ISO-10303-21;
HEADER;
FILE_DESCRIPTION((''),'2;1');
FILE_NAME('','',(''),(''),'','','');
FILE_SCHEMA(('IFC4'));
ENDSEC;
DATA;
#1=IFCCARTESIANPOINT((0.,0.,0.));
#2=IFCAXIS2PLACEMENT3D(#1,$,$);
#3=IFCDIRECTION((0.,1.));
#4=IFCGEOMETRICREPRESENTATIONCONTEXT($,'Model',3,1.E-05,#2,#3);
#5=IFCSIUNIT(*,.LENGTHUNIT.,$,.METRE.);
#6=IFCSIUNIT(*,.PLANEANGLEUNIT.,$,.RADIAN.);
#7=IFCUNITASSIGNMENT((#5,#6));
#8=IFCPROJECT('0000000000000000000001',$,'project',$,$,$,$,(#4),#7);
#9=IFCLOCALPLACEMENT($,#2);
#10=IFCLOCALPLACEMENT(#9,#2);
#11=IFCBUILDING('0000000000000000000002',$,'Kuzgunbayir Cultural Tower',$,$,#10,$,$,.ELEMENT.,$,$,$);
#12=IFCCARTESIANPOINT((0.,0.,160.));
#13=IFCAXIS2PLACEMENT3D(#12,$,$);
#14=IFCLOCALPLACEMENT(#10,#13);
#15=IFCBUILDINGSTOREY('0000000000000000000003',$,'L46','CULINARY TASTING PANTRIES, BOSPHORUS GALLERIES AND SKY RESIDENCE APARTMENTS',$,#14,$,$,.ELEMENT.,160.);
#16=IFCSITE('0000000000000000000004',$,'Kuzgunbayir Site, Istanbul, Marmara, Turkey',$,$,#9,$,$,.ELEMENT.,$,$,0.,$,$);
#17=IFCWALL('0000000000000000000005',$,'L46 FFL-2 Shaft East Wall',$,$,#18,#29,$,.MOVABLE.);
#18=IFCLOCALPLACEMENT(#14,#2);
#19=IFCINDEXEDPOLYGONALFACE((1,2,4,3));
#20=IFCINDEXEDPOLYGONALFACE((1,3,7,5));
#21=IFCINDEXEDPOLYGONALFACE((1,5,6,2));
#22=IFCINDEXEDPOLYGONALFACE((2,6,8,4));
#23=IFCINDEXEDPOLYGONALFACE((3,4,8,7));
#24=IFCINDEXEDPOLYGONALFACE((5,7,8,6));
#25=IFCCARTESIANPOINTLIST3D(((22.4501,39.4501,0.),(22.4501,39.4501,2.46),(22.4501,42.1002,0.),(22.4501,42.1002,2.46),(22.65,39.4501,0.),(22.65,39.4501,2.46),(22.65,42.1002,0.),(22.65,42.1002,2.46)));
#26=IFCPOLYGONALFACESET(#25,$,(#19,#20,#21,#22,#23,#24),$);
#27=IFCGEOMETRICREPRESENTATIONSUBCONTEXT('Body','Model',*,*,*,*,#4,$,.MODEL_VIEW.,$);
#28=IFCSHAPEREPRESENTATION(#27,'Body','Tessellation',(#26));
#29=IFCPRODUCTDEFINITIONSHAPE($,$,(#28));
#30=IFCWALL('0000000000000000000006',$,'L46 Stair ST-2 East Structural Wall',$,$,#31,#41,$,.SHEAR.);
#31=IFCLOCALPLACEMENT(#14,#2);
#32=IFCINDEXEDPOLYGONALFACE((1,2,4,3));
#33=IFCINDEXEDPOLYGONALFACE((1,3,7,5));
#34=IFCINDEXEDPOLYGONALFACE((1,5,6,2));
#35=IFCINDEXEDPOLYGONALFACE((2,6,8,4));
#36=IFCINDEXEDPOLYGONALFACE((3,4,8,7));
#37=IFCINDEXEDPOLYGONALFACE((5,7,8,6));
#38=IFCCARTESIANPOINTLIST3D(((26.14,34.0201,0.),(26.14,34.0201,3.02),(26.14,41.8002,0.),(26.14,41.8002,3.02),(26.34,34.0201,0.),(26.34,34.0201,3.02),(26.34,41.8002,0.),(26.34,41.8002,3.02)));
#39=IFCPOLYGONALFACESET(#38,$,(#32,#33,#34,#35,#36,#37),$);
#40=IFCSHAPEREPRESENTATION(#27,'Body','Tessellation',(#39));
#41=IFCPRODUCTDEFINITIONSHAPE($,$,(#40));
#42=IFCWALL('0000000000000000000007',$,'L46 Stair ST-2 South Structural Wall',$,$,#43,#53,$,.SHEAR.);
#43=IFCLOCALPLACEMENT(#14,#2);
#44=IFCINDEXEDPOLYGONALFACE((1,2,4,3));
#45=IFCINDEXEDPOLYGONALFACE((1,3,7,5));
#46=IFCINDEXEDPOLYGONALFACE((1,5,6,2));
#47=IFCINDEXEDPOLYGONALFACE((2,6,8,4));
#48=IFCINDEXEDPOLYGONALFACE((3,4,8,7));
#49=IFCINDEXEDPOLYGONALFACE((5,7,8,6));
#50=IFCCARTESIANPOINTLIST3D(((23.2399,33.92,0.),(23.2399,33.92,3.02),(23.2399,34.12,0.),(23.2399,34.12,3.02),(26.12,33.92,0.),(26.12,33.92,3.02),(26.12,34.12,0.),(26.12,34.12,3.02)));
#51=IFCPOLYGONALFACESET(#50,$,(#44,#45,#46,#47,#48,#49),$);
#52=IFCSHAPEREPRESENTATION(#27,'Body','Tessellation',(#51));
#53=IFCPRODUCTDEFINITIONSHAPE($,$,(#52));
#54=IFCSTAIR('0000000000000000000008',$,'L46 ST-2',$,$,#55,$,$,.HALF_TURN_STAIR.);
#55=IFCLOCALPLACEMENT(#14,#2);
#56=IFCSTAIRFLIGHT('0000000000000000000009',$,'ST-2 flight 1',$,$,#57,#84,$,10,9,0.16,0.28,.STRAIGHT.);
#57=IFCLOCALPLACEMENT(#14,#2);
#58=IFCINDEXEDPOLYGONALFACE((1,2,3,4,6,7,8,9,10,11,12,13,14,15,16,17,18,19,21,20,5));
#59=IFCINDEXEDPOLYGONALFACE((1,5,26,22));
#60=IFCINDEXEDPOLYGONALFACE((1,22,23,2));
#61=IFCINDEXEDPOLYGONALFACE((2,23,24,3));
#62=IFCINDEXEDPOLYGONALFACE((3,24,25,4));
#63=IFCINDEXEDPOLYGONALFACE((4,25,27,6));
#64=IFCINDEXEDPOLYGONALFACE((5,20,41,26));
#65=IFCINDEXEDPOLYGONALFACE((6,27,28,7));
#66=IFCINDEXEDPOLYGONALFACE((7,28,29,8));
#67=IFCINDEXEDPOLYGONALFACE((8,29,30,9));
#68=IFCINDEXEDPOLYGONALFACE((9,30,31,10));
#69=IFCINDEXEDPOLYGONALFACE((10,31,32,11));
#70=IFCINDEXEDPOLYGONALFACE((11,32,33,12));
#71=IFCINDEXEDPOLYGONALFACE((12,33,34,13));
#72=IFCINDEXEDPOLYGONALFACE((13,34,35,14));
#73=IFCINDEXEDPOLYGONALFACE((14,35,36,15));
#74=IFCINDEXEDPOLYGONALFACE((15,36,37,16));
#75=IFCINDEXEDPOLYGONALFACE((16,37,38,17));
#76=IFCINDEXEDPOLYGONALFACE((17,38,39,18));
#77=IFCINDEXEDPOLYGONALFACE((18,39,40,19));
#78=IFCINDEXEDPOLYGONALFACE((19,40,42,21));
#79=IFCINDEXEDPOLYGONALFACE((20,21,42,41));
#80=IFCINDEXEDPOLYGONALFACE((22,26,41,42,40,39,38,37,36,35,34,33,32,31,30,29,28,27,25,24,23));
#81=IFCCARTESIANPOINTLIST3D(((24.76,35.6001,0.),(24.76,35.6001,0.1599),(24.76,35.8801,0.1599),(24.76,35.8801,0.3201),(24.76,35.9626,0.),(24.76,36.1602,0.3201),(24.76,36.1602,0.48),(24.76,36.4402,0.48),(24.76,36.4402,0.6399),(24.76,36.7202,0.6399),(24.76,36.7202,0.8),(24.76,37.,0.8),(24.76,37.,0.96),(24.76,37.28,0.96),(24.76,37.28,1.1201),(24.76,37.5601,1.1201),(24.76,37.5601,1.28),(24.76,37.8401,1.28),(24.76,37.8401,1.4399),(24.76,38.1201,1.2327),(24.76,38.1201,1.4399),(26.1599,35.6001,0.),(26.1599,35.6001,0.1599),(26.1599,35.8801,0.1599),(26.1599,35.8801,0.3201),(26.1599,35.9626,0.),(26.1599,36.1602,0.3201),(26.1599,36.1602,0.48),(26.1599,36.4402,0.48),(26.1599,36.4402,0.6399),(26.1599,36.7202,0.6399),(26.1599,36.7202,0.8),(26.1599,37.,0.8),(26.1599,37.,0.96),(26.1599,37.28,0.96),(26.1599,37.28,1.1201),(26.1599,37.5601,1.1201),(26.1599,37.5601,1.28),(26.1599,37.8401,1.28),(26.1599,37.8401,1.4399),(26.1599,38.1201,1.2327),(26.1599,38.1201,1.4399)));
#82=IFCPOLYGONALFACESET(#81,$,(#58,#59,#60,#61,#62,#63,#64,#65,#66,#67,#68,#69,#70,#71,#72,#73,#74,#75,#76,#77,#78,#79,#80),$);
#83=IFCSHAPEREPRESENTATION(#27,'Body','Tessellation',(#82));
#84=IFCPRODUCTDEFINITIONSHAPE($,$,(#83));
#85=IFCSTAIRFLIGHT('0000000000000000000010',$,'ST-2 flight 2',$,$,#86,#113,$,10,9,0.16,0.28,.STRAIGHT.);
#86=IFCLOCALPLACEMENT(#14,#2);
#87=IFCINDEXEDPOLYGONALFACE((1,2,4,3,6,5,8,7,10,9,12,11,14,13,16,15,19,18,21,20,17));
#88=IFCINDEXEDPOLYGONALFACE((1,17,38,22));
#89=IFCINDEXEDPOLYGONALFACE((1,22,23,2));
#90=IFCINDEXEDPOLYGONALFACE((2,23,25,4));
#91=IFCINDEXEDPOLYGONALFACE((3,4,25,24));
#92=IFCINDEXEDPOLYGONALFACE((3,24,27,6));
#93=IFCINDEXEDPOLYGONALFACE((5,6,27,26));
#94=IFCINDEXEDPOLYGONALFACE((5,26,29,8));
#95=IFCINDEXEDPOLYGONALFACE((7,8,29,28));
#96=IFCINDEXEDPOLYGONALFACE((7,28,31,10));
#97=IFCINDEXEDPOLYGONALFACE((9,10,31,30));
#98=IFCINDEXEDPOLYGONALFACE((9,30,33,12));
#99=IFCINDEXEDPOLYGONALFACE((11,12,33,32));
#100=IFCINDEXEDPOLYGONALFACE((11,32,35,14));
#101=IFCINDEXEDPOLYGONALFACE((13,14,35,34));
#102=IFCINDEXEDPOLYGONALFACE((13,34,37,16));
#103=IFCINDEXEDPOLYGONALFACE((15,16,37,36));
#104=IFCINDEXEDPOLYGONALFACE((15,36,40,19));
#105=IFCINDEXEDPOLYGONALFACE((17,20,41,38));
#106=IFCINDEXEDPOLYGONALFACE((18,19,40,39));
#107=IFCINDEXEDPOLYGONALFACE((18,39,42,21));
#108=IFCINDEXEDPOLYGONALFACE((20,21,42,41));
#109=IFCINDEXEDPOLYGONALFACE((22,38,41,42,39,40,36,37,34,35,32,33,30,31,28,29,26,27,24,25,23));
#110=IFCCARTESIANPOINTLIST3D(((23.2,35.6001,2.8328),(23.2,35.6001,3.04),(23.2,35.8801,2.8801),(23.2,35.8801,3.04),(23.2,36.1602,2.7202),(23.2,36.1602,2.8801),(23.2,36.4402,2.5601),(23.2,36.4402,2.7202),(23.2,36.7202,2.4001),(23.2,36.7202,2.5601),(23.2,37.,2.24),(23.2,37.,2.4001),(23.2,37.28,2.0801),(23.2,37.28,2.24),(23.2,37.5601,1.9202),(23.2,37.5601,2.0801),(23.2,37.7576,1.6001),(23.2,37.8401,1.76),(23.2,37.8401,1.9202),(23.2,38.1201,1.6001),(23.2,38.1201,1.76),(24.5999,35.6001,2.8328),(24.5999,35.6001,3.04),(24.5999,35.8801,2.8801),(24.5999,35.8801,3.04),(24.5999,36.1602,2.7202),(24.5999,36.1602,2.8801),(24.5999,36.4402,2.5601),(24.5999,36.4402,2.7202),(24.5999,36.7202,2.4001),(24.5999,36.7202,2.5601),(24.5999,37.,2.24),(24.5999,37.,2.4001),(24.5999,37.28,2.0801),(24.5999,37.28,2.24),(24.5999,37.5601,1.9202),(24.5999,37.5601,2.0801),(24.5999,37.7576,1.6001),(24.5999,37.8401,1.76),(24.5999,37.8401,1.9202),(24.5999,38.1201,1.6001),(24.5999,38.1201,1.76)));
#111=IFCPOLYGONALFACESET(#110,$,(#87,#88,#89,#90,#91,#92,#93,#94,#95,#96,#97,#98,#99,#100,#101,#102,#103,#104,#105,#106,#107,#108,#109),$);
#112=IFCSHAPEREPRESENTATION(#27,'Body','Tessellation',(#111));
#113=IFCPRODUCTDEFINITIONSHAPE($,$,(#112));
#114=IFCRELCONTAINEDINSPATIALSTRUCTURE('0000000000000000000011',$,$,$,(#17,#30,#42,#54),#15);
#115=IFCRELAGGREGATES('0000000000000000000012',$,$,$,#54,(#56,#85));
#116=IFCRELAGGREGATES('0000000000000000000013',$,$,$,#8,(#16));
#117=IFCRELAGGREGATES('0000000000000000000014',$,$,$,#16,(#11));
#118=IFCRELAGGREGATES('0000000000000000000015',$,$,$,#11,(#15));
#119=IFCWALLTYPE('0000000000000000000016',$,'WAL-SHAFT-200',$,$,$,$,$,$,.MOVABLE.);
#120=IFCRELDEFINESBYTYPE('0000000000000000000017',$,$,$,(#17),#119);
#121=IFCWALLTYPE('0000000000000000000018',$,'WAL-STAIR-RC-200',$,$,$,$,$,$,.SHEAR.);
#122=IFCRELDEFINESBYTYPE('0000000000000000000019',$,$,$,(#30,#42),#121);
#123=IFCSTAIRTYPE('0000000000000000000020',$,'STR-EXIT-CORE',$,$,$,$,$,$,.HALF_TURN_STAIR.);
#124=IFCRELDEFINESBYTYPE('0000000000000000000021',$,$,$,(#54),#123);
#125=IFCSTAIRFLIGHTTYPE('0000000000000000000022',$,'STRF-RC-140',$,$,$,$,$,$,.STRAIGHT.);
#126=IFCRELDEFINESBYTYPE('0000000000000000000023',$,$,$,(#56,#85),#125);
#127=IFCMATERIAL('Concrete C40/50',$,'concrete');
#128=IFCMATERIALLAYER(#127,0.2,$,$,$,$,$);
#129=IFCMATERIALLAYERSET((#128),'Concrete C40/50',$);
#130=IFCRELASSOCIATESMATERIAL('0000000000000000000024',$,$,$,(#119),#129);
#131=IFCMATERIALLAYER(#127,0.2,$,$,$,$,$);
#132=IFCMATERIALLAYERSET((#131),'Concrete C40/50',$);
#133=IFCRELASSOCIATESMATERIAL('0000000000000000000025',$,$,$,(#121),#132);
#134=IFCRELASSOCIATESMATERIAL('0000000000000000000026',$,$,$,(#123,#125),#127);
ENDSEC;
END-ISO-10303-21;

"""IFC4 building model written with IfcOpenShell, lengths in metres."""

from ifc_helpers import new_model, si_unit, direction, frame, frame_2d, origin, place, context, subcontext, project, spatial, polyline, rectangle, outline, extrude, material, layer, layer_set, type_object, element, aggregate, save


model = new_model("IFC4")

# Units and contexts
model_context = context("Model", 3, precision=1e-05, world=origin(), true_north=direction((0.0, 1.0)))
body_context = subcontext(model_context, "Body", "Model", "MODEL_VIEW")
ifc_project = project(units=[si_unit("LENGTHUNIT", "METRE"), si_unit("PLANEANGLEUNIT", "RADIAN")], contexts=[model_context])

# Site, building, storey
site_placement = place(None, origin())
site = spatial("IfcSite", under=ifc_project, at=site_placement, Name="Kuzgunbayir Site, Istanbul, Marmara, Turkey", CompositionType="ELEMENT", RefElevation=0.0)
building_placement = place(site_placement, origin())
building = spatial("IfcBuilding", under=site, at=building_placement, Name="Kuzgunbayir Cultural Tower", CompositionType="ELEMENT")
storey_placement = place(building_placement, frame((0.0, 0.0, 160.0)))
storey = spatial("IfcBuildingStorey", under=building, at=storey_placement, Name="L46", Description="CULINARY TASTING PANTRIES, BOSPHORUS GALLERIES AND SKY RESIDENCE APARTMENTS", CompositionType="ELEMENT", Elevation=160.0)

# Shared definitions
ifc_material_1 = material(Name="Concrete C40/50", Category="concrete")
ifc_layer_1 = layer(ifc_material_1, 0.2)
ifc_layer_set_1 = layer_set([ifc_layer_1], Name="Concrete C40/50")
wall_type_1 = type_object("IfcWallType", Name="WAL-SHAFT-200", PredefinedType="MOVABLE", material=ifc_layer_set_1)

# Walls
for number, where, z_axis, x_axis, name in (
    (1, (22.55, 39.45, 0.0), (0.0, 0.0, 1.0), (0.0, 1.0, 0.0), "L46 FFL-2 Shaft East Wall"),
):
    element("IfcWall", number, at=place(storey_placement, frame(where, z_axis=z_axis, x_axis=x_axis)), inside=storey, type_object=wall_type_1, Name=name, PredefinedType="MOVABLE", context=body_context, shape_type="SweptSolid", body=[
        extrude(rectangle(XDim=2.6501, YDim=0.2, at=frame_2d((1.3252, 0.0))), origin(), (0.0, 0.0, 1.0), 2.46),
    ])
ifc_layer_2 = layer(ifc_material_1, 0.2)
ifc_layer_set_2 = layer_set([ifc_layer_2], Name="Concrete C40/50")
wall_type_2 = type_object("IfcWallType", Name="WAL-STAIR-RC-200", PredefinedType="SHEAR", material=ifc_layer_set_2)
wall_1_placement = place(storey_placement, frame((26.24, 34.02, 0.0), z_axis=(0.0, 0.0, 1.0), x_axis=(0.0, 1.0, 0.0)))
element("IfcWall", 2, at=wall_1_placement, inside=storey, type_object=wall_type_2, Name="L46 Stair ST-2 East Structural Wall", PredefinedType="SHEAR", context=body_context, shape_type="SweptSolid", body=[
    extrude(rectangle(XDim=7.78, YDim=0.2, at=frame_2d((3.8901, 0.0))), origin(), (0.0, 0.0, 1.0), 3.02),
])
wall_2_placement = place(storey_placement, frame((23.24, 34.02, 0.0), z_axis=(0.0, 0.0, 1.0), x_axis=(1.0, 0.0, 0.0)))
element("IfcWall", 3, at=wall_2_placement, inside=storey, type_object=wall_type_2, Name="L46 Stair ST-2 South Structural Wall", PredefinedType="SHEAR", context=body_context, shape_type="SweptSolid", body=[
    extrude(rectangle(XDim=2.8801, YDim=0.2, at=frame_2d((1.4399, 0.0))), origin(), (0.0, 0.0, 1.0), 3.02),
])

# Stair, stair flights
stair_type = type_object("IfcStairType", Name="STR-EXIT-CORE", PredefinedType="HALF_TURN_STAIR", material=ifc_material_1)
stair_placement = place(storey_placement, origin())
stair = element("IfcStair", 4, at=stair_placement, inside=storey, type_object=stair_type, Name="L46 ST-2", PredefinedType="HALF_TURN_STAIR")
stair_flight_type = type_object("IfcStairFlightType", Name="STRF-RC-140", PredefinedType="STRAIGHT", material=ifc_material_1)
stair_flight_1_placement = place(storey_placement, frame((25.46, 35.6001, 0.0), z_axis=(0.0, 0.0, 1.0), x_axis=(0.0, 1.0, 0.0)))
stair_flight_1 = element("IfcStairFlight", 5, at=stair_flight_1_placement, type_object=stair_flight_type, Name="ST-2 flight 1", NumberOfRisers=10, NumberOfTreads=9, PredefinedType="STRAIGHT", RiserHeight=0.16, TreadLength=0.28, context=body_context, shape_type="SweptSolid", body=[
    extrude(outline(polyline([(0.0, 0.0), (0.0, 0.1599), (0.28, 0.1599), (0.28, 0.3201), (0.5601, 0.3201), (0.5601, 0.48), (0.8401, 0.48), (0.8401, 0.6399), (1.1201, 0.6399), (1.1201, 0.8), (1.3999, 0.8), (1.3999, 0.96), (1.6799, 0.96), (1.6799, 1.1201), (1.96, 1.1201), (1.96, 1.28), (2.24, 1.28), (2.24, 1.4399), (2.52, 1.4399), (2.52, 1.6001), (2.52, 1.2327), (0.3625, 0.0), (0.0, 0.0)])), frame((0.0, 0.7, 0.0), z_axis=(0.0, -1.0, 0.0), x_axis=(1.0, 0.0, 0.0)), (0.0, 0.0, 1.0), 1.3999),
])
stair_flight_2_placement = place(storey_placement, frame((23.8999, 38.1201, 1.6001), z_axis=(0.0, 0.0, 1.0), x_axis=(0.0, -1.0, 0.0)))
stair_flight_2 = element("IfcStairFlight", 6, at=stair_flight_2_placement, type_object=stair_flight_type, Name="ST-2 flight 2", NumberOfRisers=10, NumberOfTreads=9, PredefinedType="STRAIGHT", RiserHeight=0.16, TreadLength=0.28, context=body_context, shape_type="SweptSolid", body=[
    extrude(outline(polyline([(0.0, 0.0), (0.0, 0.1599), (0.28, 0.1599), (0.28, 0.3201), (0.5601, 0.3201), (0.5601, 0.48), (0.8401, 0.48), (0.8401, 0.6399), (1.1201, 0.6399), (1.1201, 0.8), (1.3999, 0.8), (1.3999, 0.96), (1.6799, 0.96), (1.6799, 1.1201), (1.96, 1.1201), (1.96, 1.28), (2.24, 1.28), (2.24, 1.4399), (2.52, 1.4399), (2.52, 1.6001), (2.52, 1.2327), (0.3625, 0.0), (0.0, 0.0)])), frame((0.0, 0.7, 0.0), z_axis=(0.0, -1.0, 0.0), x_axis=(1.0, 0.0, 0.0)), (0.0, 0.0, 1.0), 1.3999),
])
aggregate(stair, [stair_flight_1, stair_flight_2])

save(model, "model.ifc")
